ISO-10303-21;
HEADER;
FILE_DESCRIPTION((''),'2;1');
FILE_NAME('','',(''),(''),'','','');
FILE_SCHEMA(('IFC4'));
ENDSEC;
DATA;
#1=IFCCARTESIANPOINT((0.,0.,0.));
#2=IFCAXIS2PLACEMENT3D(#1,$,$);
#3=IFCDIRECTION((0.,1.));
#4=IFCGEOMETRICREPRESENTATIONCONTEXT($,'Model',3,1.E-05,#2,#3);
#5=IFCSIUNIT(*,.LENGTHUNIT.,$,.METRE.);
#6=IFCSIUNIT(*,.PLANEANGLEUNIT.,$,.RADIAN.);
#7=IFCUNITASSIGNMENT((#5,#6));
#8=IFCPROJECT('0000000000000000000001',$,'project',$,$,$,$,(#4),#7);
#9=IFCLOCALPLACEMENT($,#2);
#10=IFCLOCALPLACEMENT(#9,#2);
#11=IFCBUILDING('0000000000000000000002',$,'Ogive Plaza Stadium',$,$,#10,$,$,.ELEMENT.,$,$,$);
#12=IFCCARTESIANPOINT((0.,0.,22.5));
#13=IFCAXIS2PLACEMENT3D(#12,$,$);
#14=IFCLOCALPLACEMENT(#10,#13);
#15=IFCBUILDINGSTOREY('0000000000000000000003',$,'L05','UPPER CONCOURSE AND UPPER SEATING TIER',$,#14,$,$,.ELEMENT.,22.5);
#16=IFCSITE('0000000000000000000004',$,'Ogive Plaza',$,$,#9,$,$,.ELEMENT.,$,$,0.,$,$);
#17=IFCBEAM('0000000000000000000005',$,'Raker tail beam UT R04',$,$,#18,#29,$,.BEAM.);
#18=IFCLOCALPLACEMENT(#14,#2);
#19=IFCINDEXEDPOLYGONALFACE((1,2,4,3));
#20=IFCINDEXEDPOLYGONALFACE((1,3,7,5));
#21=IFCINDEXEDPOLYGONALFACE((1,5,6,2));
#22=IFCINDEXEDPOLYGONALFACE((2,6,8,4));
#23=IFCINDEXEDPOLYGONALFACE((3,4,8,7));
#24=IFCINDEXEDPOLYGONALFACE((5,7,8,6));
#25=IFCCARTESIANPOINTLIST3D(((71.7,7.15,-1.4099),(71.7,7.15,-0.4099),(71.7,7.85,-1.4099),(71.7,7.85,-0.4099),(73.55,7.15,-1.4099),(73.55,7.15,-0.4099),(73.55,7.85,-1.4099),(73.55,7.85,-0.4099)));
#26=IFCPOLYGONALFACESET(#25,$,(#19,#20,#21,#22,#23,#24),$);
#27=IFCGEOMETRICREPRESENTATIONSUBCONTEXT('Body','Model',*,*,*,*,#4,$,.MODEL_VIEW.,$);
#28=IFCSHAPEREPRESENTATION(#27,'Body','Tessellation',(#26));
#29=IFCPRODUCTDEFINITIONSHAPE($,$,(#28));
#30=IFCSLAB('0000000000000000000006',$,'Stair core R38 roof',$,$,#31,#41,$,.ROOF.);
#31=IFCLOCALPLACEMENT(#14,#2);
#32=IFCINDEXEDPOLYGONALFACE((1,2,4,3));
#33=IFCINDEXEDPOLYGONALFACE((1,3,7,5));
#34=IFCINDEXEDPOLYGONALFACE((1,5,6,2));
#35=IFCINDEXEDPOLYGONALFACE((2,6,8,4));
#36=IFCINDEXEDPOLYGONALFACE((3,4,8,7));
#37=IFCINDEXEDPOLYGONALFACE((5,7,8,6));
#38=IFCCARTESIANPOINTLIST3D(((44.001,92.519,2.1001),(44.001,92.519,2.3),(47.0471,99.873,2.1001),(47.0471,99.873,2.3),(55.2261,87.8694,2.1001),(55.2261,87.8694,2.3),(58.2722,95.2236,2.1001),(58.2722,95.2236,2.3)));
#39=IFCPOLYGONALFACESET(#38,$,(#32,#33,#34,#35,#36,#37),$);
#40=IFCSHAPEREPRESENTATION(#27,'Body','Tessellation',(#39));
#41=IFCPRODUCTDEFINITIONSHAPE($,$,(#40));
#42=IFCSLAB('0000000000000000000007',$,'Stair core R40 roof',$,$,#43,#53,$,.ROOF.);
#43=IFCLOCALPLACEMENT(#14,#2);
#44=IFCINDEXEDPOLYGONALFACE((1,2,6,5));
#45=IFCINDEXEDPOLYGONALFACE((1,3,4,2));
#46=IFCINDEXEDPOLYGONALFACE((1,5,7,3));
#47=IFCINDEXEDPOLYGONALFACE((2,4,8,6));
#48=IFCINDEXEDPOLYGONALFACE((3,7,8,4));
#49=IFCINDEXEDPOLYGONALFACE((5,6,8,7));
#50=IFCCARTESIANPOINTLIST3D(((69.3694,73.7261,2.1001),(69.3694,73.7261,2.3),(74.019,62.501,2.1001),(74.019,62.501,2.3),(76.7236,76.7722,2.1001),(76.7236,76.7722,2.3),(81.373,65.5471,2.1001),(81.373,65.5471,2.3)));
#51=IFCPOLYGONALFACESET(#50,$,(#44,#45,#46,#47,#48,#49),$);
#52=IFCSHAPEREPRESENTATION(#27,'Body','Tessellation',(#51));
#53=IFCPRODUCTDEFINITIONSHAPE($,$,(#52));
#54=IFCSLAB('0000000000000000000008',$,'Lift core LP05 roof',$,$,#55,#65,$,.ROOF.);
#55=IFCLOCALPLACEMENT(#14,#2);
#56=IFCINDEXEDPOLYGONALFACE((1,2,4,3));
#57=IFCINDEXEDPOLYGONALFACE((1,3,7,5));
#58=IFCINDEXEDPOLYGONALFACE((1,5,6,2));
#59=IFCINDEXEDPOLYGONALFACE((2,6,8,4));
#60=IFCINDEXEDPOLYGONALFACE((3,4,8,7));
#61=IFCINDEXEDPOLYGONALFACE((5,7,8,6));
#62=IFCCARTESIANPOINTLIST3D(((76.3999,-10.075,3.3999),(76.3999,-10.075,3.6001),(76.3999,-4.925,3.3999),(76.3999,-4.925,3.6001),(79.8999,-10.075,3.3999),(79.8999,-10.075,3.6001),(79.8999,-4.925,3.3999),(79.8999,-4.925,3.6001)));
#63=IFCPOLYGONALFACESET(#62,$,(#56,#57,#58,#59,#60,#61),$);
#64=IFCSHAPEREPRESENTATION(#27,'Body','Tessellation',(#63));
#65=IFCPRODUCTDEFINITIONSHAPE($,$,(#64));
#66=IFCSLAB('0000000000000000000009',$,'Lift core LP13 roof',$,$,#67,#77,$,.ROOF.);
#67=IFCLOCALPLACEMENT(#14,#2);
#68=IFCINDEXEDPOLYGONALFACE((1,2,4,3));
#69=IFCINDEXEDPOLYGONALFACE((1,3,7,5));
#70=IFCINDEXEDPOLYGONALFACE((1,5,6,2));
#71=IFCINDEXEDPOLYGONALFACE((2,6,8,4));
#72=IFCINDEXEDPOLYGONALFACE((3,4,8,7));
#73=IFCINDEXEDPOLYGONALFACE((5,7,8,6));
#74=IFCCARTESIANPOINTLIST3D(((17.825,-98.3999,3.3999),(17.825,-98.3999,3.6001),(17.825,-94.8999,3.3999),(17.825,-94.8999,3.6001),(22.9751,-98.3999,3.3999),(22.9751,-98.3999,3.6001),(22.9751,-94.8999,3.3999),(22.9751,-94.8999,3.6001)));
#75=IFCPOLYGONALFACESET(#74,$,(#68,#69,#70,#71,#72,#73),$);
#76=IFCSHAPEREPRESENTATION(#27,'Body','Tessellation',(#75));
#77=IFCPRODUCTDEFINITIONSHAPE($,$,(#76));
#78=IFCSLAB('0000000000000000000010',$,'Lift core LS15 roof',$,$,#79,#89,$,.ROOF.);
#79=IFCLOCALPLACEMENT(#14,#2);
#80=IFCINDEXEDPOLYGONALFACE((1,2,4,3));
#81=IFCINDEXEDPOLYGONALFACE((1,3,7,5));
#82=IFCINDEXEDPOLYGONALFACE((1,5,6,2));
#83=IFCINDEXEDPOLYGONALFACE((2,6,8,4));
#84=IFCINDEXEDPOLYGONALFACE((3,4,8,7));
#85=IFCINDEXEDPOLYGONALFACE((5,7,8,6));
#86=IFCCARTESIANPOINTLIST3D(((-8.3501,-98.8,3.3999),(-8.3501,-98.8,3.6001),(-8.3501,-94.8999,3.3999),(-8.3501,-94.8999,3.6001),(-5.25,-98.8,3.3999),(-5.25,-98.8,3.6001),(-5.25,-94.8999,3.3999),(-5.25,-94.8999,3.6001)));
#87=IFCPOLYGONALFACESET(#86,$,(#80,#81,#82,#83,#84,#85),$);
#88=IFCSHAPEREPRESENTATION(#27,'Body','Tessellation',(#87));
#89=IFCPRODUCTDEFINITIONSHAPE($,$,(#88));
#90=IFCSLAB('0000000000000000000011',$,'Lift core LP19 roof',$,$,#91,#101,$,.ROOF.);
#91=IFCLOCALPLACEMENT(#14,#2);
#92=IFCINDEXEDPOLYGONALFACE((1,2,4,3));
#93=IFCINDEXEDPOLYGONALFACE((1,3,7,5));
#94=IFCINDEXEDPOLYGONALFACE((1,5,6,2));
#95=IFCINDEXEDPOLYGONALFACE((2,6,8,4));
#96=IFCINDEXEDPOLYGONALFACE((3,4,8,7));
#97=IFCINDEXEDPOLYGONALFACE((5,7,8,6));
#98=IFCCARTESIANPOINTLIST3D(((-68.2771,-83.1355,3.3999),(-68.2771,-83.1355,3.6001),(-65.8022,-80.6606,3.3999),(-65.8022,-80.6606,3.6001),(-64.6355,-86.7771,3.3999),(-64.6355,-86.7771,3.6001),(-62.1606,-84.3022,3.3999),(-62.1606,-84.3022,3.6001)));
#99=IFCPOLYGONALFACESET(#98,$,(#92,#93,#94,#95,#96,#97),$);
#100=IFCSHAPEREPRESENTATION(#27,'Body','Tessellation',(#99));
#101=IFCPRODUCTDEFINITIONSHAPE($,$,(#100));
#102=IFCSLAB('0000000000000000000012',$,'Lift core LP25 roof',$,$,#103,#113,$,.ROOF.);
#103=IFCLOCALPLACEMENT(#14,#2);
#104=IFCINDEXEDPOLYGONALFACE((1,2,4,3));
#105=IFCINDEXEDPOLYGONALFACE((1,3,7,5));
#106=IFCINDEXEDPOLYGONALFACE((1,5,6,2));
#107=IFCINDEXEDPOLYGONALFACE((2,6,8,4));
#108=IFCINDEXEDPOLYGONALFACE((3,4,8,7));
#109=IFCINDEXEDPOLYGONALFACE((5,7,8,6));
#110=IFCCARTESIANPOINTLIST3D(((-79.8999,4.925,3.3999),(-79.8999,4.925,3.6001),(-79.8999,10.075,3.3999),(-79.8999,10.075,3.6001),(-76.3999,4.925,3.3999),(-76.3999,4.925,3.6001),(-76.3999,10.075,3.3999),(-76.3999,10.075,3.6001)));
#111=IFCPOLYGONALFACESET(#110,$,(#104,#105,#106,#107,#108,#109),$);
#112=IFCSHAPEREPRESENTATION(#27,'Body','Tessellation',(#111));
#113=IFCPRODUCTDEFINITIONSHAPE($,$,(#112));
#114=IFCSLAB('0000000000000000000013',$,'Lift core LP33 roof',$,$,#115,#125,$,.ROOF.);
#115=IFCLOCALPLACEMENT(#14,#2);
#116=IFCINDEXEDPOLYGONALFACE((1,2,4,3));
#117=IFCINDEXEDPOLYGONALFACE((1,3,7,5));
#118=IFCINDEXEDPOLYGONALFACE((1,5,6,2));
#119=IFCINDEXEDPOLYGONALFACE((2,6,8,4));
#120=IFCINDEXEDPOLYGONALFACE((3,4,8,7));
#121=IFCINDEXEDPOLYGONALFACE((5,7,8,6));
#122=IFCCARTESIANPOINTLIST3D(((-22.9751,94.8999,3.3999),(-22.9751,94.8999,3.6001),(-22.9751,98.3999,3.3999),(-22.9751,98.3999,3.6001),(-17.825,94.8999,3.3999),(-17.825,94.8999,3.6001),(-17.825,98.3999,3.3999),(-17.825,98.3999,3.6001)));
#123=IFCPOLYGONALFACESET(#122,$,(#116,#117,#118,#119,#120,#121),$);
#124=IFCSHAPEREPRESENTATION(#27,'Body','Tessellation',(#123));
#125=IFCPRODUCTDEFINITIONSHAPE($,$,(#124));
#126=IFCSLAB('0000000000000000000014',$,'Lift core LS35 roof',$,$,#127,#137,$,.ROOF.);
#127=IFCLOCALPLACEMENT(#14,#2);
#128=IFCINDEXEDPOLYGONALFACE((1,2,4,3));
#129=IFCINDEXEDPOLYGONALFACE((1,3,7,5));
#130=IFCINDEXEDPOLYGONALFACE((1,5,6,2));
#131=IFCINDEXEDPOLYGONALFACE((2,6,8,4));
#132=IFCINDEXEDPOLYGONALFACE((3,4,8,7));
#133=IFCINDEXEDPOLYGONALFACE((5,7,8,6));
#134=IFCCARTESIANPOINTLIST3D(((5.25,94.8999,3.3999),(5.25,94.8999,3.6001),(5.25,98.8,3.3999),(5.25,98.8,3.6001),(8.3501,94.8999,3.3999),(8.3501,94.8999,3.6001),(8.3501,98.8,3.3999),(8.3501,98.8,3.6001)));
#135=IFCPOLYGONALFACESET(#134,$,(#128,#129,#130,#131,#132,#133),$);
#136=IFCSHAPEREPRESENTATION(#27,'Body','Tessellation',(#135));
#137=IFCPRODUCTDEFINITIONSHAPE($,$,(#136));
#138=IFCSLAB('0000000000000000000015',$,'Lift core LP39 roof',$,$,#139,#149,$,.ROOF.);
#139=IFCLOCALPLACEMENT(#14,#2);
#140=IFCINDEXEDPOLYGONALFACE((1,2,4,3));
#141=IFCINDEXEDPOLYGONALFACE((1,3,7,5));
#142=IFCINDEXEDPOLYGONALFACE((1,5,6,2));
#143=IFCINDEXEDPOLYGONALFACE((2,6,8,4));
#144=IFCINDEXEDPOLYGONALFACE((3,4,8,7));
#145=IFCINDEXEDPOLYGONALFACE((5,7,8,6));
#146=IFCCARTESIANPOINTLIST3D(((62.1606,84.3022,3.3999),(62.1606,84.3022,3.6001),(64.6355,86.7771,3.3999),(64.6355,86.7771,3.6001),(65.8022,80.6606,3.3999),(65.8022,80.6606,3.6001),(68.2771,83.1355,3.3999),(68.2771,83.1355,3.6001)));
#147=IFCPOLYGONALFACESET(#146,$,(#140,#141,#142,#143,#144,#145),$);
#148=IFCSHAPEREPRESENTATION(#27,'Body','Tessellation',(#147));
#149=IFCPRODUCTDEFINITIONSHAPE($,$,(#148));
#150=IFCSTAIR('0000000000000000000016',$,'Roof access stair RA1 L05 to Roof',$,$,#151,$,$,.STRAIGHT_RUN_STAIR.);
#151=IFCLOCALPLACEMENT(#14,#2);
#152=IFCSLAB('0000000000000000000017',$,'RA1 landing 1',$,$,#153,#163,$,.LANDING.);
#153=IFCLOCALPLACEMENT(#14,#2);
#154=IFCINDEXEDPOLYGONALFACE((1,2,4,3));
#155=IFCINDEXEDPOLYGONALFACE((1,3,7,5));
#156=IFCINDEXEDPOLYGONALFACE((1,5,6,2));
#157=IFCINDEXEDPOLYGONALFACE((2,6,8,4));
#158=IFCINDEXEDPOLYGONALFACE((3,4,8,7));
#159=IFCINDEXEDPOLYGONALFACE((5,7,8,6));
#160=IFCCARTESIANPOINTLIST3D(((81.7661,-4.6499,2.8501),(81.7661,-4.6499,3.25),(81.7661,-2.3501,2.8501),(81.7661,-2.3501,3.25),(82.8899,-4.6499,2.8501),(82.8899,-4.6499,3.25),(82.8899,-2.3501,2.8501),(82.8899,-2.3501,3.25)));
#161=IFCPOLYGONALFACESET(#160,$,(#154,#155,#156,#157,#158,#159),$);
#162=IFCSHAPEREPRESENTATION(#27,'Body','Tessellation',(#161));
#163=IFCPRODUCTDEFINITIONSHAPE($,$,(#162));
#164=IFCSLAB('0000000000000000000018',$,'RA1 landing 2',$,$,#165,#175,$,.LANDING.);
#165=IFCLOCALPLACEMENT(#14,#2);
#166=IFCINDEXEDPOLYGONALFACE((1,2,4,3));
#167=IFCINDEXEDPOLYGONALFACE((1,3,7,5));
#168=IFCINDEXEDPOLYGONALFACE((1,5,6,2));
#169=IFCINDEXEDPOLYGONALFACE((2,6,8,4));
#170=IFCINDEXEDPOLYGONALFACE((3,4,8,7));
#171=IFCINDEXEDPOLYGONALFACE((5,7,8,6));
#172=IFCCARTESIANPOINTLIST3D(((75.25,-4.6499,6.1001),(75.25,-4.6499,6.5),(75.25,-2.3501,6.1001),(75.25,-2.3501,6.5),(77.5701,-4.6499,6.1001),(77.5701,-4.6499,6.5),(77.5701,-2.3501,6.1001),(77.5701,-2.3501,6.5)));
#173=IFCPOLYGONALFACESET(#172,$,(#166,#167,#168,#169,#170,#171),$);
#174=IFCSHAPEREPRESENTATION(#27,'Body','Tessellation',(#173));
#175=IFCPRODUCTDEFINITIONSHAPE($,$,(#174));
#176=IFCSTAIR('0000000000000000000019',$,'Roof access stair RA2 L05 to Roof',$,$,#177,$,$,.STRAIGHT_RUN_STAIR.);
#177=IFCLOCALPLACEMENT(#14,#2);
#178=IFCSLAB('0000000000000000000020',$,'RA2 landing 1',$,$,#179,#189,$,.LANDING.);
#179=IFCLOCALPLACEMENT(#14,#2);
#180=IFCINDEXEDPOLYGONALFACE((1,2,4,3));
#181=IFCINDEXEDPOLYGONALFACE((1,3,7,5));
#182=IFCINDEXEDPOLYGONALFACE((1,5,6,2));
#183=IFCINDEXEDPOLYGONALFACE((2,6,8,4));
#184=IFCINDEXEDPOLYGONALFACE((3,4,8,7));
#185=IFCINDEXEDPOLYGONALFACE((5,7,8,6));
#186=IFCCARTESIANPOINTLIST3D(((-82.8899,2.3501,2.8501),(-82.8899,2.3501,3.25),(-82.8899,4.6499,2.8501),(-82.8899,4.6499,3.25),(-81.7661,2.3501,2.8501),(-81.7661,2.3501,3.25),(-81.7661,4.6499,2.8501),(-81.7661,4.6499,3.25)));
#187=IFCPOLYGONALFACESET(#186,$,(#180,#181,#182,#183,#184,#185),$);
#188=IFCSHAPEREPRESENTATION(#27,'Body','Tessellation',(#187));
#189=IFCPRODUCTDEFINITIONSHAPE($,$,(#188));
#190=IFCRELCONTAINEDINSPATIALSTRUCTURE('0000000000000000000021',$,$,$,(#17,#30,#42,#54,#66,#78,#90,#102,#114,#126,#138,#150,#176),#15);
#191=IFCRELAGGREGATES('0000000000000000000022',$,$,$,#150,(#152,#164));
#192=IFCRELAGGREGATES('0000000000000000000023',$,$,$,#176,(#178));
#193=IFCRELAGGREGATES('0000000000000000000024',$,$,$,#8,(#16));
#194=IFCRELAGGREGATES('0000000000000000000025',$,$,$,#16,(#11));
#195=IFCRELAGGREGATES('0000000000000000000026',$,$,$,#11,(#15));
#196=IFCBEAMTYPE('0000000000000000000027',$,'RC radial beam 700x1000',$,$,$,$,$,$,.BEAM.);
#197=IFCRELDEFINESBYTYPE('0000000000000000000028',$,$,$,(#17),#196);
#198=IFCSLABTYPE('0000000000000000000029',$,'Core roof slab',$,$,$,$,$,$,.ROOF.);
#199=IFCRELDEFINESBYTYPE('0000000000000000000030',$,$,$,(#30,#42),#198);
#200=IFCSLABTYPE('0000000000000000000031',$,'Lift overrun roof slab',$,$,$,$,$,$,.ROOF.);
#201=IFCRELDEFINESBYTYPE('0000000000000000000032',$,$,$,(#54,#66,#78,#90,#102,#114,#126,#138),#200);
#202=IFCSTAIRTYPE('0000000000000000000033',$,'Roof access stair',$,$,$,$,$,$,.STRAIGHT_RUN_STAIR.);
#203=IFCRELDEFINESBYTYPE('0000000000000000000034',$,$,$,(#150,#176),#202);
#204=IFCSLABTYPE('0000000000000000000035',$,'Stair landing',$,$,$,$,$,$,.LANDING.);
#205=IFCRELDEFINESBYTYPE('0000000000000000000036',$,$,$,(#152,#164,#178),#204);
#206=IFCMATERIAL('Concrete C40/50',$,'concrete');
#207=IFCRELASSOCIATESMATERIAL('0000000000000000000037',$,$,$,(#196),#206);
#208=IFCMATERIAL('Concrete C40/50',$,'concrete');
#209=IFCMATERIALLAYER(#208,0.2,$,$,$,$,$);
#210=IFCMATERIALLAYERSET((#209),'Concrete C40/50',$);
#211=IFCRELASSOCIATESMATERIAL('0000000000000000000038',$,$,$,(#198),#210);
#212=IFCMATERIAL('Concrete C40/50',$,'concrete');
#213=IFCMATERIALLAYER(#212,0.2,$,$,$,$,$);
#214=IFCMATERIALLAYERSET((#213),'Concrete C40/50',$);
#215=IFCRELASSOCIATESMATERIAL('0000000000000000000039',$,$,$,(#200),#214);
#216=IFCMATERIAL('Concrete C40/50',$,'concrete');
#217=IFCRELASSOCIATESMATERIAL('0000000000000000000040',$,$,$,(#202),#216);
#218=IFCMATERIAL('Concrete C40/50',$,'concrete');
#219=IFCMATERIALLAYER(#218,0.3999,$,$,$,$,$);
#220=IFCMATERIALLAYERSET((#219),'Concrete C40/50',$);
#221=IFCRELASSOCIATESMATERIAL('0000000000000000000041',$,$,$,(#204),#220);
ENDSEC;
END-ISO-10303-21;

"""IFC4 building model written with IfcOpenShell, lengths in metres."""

from ifc_helpers import new_model, si_unit, direction, frame, origin, origin_2d, place, context, subcontext, project, spatial, polyline, rectangle, outline, extrude, material, layer, layer_set, material_profile, profile_set, type_object, element, aggregate, save


model = new_model("IFC4")

# Units and contexts
model_context = context("Model", 3, precision=1e-05, world=origin(), true_north=direction((0.0, 1.0)))
body_context = subcontext(model_context, "Body", "Model", "MODEL_VIEW")
ifc_project = project(units=[si_unit("LENGTHUNIT", "METRE"), si_unit("PLANEANGLEUNIT", "RADIAN")], contexts=[model_context])

# Site, building, storey
site_placement = place(None, origin())
site = spatial("IfcSite", under=ifc_project, at=site_placement, Name="Ogive Plaza", CompositionType="ELEMENT", RefElevation=0.0)
building_placement = place(site_placement, origin())
building = spatial("IfcBuilding", under=site, at=building_placement, Name="Ogive Plaza Stadium", CompositionType="ELEMENT")
storey_placement = place(building_placement, frame((0.0, 0.0, 22.5)))
storey = spatial("IfcBuildingStorey", under=building, at=storey_placement, Name="L05", Description="UPPER CONCOURSE AND UPPER SEATING TIER", CompositionType="ELEMENT", Elevation=22.5)

# Beam
ifc_material_1 = material(Name="Concrete C40/50", Category="concrete")
ifc_material_profile = material_profile(ifc_material_1, rectangle(XDim=0.7, YDim=1.0, at=origin_2d()), Name="RC 700x1000")
ifc_profile_set = profile_set([ifc_material_profile], Name="Concrete C40/50")
beam_type = type_object("IfcBeamType", Name="RC radial beam 700x1000", PredefinedType="BEAM", material=ifc_profile_set)
beam_placement = place(storey_placement, frame((71.7, 7.5, -0.9099), z_axis=(1.0, 0.0, 0.0), x_axis=(0.0, 1.0, 0.0)))
element("IfcBeam", 1, at=beam_placement, inside=storey, type_object=beam_type, Name="Raker tail beam UT R04", PredefinedType="BEAM", context=body_context, shape_type="SweptSolid", body=[
    extrude(rectangle(XDim=0.7, YDim=1.0, at=origin_2d()), origin(), (0.0, 0.0, 1.0), 1.8501),
])

# Slabs
ifc_material_2 = material(Name="Concrete C40/50", Category="concrete")
ifc_layer_1 = layer(ifc_material_2, 0.2)
ifc_layer_set_1 = layer_set([ifc_layer_1], Name="Concrete C40/50")
slab_type_1 = type_object("IfcSlabType", Name="Core roof slab", PredefinedType="ROOF", material=ifc_layer_set_1)
slab_1_placement = place(storey_placement, frame((0.0, 0.0, 2.1001)))
element("IfcSlab", 2, at=slab_1_placement, inside=storey, type_object=slab_type_1, Name="Stair core R38 roof", PredefinedType="ROOF", context=body_context, shape_type="SweptSolid", body=[
    extrude(outline(polyline([(55.2261, 87.8694), (58.2722, 95.2236), (47.0471, 99.873), (44.001, 92.519), (55.2261, 87.8694)])), origin(), (0.0, 0.0, 1.0), 0.2),
])
slab_2_placement = place(storey_placement, frame((0.0, 0.0, 2.1001)))
element("IfcSlab", 3, at=slab_2_placement, inside=storey, type_object=slab_type_1, Name="Stair core R40 roof", PredefinedType="ROOF", context=body_context, shape_type="SweptSolid", body=[
    extrude(outline(polyline([(74.019, 62.501), (81.373, 65.5471), (76.7236, 76.7722), (69.3694, 73.7261), (74.019, 62.501)])), origin(), (0.0, 0.0, 1.0), 0.2),
])
ifc_material_3 = material(Name="Concrete C40/50", Category="concrete")
ifc_layer_2 = layer(ifc_material_3, 0.2)
ifc_layer_set_2 = layer_set([ifc_layer_2], Name="Concrete C40/50")
slab_type_2 = type_object("IfcSlabType", Name="Lift overrun roof slab", PredefinedType="ROOF", material=ifc_layer_set_2)
slab_3_placement = place(storey_placement, frame((0.0, 0.0, 3.3999)))
element("IfcSlab", 4, at=slab_3_placement, inside=storey, type_object=slab_type_2, Name="Lift core LP05 roof", PredefinedType="ROOF", context=body_context, shape_type="SweptSolid", body=[
    extrude(outline(polyline([(76.3999, -10.075), (79.8999, -10.075), (79.8999, -4.925), (76.3999, -4.925), (76.3999, -10.075)])), origin(), (0.0, 0.0, 1.0), 0.2002),
])
slab_4_placement = place(storey_placement, frame((0.0, 0.0, 3.3999)))
element("IfcSlab", 5, at=slab_4_placement, inside=storey, type_object=slab_type_2, Name="Lift core LP13 roof", PredefinedType="ROOF", context=body_context, shape_type="SweptSolid", body=[
    extrude(outline(polyline([(17.825, -94.8999), (17.825, -98.3999), (22.9751, -98.3999), (22.9751, -94.8999), (17.825, -94.8999)])), origin(), (0.0, 0.0, 1.0), 0.2002),
])
slab_5_placement = place(storey_placement, frame((0.0, 0.0, 3.3999)))
element("IfcSlab", 6, at=slab_5_placement, inside=storey, type_object=slab_type_2, Name="Lift core LS15 roof", PredefinedType="ROOF", context=body_context, shape_type="SweptSolid", body=[
    extrude(outline(polyline([(-8.3501, -94.8999), (-8.3501, -98.8), (-5.25, -98.8), (-5.25, -94.8999), (-8.3501, -94.8999)])), origin(), (0.0, 0.0, 1.0), 0.2002),
])
slab_6_placement = place(storey_placement, frame((0.0, 0.0, 3.3999)))
element("IfcSlab", 7, at=slab_6_placement, inside=storey, type_object=slab_type_2, Name="Lift core LP19 roof", PredefinedType="ROOF", context=body_context, shape_type="SweptSolid", body=[
    extrude(outline(polyline([(-65.8022, -80.6606), (-68.2771, -83.1355), (-64.6355, -86.7771), (-62.1606, -84.3022), (-65.8022, -80.6606)])), origin(), (0.0, 0.0, 1.0), 0.2002),
])
slab_7_placement = place(storey_placement, frame((0.0, 0.0, 3.3999)))
element("IfcSlab", 8, at=slab_7_placement, inside=storey, type_object=slab_type_2, Name="Lift core LP25 roof", PredefinedType="ROOF", context=body_context, shape_type="SweptSolid", body=[
    extrude(outline(polyline([(-76.3999, 10.075), (-79.8999, 10.075), (-79.8999, 4.925), (-76.3999, 4.925), (-76.3999, 10.075)])), origin(), (0.0, 0.0, 1.0), 0.2002),
])
slab_8_placement = place(storey_placement, frame((0.0, 0.0, 3.3999)))
element("IfcSlab", 9, at=slab_8_placement, inside=storey, type_object=slab_type_2, Name="Lift core LP33 roof", PredefinedType="ROOF", context=body_context, shape_type="SweptSolid", body=[
    extrude(outline(polyline([(-17.825, 94.8999), (-17.825, 98.3999), (-22.9751, 98.3999), (-22.9751, 94.8999), (-17.825, 94.8999)])), origin(), (0.0, 0.0, 1.0), 0.2002),
])
slab_9_placement = place(storey_placement, frame((0.0, 0.0, 3.3999)))
element("IfcSlab", 10, at=slab_9_placement, inside=storey, type_object=slab_type_2, Name="Lift core LS35 roof", PredefinedType="ROOF", context=body_context, shape_type="SweptSolid", body=[
    extrude(outline(polyline([(8.3501, 94.8999), (8.3501, 98.8), (5.25, 98.8), (5.25, 94.8999), (8.3501, 94.8999)])), origin(), (0.0, 0.0, 1.0), 0.2002),
])
slab_10_placement = place(storey_placement, frame((0.0, 0.0, 3.3999)))
element("IfcSlab", 11, at=slab_10_placement, inside=storey, type_object=slab_type_2, Name="Lift core LP39 roof", PredefinedType="ROOF", context=body_context, shape_type="SweptSolid", body=[
    extrude(outline(polyline([(65.8022, 80.6606), (68.2771, 83.1355), (64.6355, 86.7771), (62.1606, 84.3022), (65.8022, 80.6606)])), origin(), (0.0, 0.0, 1.0), 0.2002),
])

# Stairs, slabs
ifc_material_4 = material(Name="Concrete C40/50", Category="concrete")
stair_type = type_object("IfcStairType", Name="Roof access stair", PredefinedType="STRAIGHT_RUN_STAIR", material=ifc_material_4)
stair_1_placement = place(storey_placement, origin())
stair_1 = element("IfcStair", 12, at=stair_1_placement, inside=storey, type_object=stair_type, Name="Roof access stair RA1 L05 to Roof", PredefinedType="STRAIGHT_RUN_STAIR")
ifc_material_5 = material(Name="Concrete C40/50", Category="concrete")
ifc_layer_3 = layer(ifc_material_5, 0.3999)
ifc_layer_set_3 = layer_set([ifc_layer_3], Name="Concrete C40/50")
slab_type_3 = type_object("IfcSlabType", Name="Stair landing", PredefinedType="LANDING", material=ifc_layer_set_3)
slab_11_placement = place(storey_placement, frame((0.0, 0.0, 2.8501)))
slab_11 = element("IfcSlab", 13, at=slab_11_placement, type_object=slab_type_3, Name="RA1 landing 1", PredefinedType="LANDING", context=body_context, shape_type="SweptSolid", body=[
    extrude(outline(polyline([(81.7661, -4.6499), (82.8899, -4.6499), (82.8899, -2.3501), (81.7661, -2.3501), (81.7661, -4.6499)])), origin(), (0.0, 0.0, 1.0), 0.3999),
])
slab_12_placement = place(storey_placement, frame((0.0, 0.0, 6.1001)))
slab_12 = element("IfcSlab", 14, at=slab_12_placement, type_object=slab_type_3, Name="RA1 landing 2", PredefinedType="LANDING", context=body_context, shape_type="SweptSolid", body=[
    extrude(outline(polyline([(75.25, -4.6499), (77.5701, -4.6499), (77.5701, -2.3501), (75.25, -2.3501), (75.25, -4.6499)])), origin(), (0.0, 0.0, 1.0), 0.3999),
])
aggregate(stair_1, [slab_11, slab_12])
stair_2_placement = place(storey_placement, origin())
stair_2 = element("IfcStair", 15, at=stair_2_placement, inside=storey, type_object=stair_type, Name="Roof access stair RA2 L05 to Roof", PredefinedType="STRAIGHT_RUN_STAIR")
slab_13_placement = place(storey_placement, frame((0.0, 0.0, 2.8501)))
slab_13 = element("IfcSlab", 16, at=slab_13_placement, type_object=slab_type_3, Name="RA2 landing 1", PredefinedType="LANDING", context=body_context, shape_type="SweptSolid", body=[
    extrude(outline(polyline([(-81.7661, 4.6499), (-82.8899, 4.6499), (-82.8899, 2.3501), (-81.7661, 2.3501), (-81.7661, 4.6499)])), origin(), (0.0, 0.0, 1.0), 0.3999),
])
aggregate(stair_2, [slab_13])

save(model, "model.ifc")
